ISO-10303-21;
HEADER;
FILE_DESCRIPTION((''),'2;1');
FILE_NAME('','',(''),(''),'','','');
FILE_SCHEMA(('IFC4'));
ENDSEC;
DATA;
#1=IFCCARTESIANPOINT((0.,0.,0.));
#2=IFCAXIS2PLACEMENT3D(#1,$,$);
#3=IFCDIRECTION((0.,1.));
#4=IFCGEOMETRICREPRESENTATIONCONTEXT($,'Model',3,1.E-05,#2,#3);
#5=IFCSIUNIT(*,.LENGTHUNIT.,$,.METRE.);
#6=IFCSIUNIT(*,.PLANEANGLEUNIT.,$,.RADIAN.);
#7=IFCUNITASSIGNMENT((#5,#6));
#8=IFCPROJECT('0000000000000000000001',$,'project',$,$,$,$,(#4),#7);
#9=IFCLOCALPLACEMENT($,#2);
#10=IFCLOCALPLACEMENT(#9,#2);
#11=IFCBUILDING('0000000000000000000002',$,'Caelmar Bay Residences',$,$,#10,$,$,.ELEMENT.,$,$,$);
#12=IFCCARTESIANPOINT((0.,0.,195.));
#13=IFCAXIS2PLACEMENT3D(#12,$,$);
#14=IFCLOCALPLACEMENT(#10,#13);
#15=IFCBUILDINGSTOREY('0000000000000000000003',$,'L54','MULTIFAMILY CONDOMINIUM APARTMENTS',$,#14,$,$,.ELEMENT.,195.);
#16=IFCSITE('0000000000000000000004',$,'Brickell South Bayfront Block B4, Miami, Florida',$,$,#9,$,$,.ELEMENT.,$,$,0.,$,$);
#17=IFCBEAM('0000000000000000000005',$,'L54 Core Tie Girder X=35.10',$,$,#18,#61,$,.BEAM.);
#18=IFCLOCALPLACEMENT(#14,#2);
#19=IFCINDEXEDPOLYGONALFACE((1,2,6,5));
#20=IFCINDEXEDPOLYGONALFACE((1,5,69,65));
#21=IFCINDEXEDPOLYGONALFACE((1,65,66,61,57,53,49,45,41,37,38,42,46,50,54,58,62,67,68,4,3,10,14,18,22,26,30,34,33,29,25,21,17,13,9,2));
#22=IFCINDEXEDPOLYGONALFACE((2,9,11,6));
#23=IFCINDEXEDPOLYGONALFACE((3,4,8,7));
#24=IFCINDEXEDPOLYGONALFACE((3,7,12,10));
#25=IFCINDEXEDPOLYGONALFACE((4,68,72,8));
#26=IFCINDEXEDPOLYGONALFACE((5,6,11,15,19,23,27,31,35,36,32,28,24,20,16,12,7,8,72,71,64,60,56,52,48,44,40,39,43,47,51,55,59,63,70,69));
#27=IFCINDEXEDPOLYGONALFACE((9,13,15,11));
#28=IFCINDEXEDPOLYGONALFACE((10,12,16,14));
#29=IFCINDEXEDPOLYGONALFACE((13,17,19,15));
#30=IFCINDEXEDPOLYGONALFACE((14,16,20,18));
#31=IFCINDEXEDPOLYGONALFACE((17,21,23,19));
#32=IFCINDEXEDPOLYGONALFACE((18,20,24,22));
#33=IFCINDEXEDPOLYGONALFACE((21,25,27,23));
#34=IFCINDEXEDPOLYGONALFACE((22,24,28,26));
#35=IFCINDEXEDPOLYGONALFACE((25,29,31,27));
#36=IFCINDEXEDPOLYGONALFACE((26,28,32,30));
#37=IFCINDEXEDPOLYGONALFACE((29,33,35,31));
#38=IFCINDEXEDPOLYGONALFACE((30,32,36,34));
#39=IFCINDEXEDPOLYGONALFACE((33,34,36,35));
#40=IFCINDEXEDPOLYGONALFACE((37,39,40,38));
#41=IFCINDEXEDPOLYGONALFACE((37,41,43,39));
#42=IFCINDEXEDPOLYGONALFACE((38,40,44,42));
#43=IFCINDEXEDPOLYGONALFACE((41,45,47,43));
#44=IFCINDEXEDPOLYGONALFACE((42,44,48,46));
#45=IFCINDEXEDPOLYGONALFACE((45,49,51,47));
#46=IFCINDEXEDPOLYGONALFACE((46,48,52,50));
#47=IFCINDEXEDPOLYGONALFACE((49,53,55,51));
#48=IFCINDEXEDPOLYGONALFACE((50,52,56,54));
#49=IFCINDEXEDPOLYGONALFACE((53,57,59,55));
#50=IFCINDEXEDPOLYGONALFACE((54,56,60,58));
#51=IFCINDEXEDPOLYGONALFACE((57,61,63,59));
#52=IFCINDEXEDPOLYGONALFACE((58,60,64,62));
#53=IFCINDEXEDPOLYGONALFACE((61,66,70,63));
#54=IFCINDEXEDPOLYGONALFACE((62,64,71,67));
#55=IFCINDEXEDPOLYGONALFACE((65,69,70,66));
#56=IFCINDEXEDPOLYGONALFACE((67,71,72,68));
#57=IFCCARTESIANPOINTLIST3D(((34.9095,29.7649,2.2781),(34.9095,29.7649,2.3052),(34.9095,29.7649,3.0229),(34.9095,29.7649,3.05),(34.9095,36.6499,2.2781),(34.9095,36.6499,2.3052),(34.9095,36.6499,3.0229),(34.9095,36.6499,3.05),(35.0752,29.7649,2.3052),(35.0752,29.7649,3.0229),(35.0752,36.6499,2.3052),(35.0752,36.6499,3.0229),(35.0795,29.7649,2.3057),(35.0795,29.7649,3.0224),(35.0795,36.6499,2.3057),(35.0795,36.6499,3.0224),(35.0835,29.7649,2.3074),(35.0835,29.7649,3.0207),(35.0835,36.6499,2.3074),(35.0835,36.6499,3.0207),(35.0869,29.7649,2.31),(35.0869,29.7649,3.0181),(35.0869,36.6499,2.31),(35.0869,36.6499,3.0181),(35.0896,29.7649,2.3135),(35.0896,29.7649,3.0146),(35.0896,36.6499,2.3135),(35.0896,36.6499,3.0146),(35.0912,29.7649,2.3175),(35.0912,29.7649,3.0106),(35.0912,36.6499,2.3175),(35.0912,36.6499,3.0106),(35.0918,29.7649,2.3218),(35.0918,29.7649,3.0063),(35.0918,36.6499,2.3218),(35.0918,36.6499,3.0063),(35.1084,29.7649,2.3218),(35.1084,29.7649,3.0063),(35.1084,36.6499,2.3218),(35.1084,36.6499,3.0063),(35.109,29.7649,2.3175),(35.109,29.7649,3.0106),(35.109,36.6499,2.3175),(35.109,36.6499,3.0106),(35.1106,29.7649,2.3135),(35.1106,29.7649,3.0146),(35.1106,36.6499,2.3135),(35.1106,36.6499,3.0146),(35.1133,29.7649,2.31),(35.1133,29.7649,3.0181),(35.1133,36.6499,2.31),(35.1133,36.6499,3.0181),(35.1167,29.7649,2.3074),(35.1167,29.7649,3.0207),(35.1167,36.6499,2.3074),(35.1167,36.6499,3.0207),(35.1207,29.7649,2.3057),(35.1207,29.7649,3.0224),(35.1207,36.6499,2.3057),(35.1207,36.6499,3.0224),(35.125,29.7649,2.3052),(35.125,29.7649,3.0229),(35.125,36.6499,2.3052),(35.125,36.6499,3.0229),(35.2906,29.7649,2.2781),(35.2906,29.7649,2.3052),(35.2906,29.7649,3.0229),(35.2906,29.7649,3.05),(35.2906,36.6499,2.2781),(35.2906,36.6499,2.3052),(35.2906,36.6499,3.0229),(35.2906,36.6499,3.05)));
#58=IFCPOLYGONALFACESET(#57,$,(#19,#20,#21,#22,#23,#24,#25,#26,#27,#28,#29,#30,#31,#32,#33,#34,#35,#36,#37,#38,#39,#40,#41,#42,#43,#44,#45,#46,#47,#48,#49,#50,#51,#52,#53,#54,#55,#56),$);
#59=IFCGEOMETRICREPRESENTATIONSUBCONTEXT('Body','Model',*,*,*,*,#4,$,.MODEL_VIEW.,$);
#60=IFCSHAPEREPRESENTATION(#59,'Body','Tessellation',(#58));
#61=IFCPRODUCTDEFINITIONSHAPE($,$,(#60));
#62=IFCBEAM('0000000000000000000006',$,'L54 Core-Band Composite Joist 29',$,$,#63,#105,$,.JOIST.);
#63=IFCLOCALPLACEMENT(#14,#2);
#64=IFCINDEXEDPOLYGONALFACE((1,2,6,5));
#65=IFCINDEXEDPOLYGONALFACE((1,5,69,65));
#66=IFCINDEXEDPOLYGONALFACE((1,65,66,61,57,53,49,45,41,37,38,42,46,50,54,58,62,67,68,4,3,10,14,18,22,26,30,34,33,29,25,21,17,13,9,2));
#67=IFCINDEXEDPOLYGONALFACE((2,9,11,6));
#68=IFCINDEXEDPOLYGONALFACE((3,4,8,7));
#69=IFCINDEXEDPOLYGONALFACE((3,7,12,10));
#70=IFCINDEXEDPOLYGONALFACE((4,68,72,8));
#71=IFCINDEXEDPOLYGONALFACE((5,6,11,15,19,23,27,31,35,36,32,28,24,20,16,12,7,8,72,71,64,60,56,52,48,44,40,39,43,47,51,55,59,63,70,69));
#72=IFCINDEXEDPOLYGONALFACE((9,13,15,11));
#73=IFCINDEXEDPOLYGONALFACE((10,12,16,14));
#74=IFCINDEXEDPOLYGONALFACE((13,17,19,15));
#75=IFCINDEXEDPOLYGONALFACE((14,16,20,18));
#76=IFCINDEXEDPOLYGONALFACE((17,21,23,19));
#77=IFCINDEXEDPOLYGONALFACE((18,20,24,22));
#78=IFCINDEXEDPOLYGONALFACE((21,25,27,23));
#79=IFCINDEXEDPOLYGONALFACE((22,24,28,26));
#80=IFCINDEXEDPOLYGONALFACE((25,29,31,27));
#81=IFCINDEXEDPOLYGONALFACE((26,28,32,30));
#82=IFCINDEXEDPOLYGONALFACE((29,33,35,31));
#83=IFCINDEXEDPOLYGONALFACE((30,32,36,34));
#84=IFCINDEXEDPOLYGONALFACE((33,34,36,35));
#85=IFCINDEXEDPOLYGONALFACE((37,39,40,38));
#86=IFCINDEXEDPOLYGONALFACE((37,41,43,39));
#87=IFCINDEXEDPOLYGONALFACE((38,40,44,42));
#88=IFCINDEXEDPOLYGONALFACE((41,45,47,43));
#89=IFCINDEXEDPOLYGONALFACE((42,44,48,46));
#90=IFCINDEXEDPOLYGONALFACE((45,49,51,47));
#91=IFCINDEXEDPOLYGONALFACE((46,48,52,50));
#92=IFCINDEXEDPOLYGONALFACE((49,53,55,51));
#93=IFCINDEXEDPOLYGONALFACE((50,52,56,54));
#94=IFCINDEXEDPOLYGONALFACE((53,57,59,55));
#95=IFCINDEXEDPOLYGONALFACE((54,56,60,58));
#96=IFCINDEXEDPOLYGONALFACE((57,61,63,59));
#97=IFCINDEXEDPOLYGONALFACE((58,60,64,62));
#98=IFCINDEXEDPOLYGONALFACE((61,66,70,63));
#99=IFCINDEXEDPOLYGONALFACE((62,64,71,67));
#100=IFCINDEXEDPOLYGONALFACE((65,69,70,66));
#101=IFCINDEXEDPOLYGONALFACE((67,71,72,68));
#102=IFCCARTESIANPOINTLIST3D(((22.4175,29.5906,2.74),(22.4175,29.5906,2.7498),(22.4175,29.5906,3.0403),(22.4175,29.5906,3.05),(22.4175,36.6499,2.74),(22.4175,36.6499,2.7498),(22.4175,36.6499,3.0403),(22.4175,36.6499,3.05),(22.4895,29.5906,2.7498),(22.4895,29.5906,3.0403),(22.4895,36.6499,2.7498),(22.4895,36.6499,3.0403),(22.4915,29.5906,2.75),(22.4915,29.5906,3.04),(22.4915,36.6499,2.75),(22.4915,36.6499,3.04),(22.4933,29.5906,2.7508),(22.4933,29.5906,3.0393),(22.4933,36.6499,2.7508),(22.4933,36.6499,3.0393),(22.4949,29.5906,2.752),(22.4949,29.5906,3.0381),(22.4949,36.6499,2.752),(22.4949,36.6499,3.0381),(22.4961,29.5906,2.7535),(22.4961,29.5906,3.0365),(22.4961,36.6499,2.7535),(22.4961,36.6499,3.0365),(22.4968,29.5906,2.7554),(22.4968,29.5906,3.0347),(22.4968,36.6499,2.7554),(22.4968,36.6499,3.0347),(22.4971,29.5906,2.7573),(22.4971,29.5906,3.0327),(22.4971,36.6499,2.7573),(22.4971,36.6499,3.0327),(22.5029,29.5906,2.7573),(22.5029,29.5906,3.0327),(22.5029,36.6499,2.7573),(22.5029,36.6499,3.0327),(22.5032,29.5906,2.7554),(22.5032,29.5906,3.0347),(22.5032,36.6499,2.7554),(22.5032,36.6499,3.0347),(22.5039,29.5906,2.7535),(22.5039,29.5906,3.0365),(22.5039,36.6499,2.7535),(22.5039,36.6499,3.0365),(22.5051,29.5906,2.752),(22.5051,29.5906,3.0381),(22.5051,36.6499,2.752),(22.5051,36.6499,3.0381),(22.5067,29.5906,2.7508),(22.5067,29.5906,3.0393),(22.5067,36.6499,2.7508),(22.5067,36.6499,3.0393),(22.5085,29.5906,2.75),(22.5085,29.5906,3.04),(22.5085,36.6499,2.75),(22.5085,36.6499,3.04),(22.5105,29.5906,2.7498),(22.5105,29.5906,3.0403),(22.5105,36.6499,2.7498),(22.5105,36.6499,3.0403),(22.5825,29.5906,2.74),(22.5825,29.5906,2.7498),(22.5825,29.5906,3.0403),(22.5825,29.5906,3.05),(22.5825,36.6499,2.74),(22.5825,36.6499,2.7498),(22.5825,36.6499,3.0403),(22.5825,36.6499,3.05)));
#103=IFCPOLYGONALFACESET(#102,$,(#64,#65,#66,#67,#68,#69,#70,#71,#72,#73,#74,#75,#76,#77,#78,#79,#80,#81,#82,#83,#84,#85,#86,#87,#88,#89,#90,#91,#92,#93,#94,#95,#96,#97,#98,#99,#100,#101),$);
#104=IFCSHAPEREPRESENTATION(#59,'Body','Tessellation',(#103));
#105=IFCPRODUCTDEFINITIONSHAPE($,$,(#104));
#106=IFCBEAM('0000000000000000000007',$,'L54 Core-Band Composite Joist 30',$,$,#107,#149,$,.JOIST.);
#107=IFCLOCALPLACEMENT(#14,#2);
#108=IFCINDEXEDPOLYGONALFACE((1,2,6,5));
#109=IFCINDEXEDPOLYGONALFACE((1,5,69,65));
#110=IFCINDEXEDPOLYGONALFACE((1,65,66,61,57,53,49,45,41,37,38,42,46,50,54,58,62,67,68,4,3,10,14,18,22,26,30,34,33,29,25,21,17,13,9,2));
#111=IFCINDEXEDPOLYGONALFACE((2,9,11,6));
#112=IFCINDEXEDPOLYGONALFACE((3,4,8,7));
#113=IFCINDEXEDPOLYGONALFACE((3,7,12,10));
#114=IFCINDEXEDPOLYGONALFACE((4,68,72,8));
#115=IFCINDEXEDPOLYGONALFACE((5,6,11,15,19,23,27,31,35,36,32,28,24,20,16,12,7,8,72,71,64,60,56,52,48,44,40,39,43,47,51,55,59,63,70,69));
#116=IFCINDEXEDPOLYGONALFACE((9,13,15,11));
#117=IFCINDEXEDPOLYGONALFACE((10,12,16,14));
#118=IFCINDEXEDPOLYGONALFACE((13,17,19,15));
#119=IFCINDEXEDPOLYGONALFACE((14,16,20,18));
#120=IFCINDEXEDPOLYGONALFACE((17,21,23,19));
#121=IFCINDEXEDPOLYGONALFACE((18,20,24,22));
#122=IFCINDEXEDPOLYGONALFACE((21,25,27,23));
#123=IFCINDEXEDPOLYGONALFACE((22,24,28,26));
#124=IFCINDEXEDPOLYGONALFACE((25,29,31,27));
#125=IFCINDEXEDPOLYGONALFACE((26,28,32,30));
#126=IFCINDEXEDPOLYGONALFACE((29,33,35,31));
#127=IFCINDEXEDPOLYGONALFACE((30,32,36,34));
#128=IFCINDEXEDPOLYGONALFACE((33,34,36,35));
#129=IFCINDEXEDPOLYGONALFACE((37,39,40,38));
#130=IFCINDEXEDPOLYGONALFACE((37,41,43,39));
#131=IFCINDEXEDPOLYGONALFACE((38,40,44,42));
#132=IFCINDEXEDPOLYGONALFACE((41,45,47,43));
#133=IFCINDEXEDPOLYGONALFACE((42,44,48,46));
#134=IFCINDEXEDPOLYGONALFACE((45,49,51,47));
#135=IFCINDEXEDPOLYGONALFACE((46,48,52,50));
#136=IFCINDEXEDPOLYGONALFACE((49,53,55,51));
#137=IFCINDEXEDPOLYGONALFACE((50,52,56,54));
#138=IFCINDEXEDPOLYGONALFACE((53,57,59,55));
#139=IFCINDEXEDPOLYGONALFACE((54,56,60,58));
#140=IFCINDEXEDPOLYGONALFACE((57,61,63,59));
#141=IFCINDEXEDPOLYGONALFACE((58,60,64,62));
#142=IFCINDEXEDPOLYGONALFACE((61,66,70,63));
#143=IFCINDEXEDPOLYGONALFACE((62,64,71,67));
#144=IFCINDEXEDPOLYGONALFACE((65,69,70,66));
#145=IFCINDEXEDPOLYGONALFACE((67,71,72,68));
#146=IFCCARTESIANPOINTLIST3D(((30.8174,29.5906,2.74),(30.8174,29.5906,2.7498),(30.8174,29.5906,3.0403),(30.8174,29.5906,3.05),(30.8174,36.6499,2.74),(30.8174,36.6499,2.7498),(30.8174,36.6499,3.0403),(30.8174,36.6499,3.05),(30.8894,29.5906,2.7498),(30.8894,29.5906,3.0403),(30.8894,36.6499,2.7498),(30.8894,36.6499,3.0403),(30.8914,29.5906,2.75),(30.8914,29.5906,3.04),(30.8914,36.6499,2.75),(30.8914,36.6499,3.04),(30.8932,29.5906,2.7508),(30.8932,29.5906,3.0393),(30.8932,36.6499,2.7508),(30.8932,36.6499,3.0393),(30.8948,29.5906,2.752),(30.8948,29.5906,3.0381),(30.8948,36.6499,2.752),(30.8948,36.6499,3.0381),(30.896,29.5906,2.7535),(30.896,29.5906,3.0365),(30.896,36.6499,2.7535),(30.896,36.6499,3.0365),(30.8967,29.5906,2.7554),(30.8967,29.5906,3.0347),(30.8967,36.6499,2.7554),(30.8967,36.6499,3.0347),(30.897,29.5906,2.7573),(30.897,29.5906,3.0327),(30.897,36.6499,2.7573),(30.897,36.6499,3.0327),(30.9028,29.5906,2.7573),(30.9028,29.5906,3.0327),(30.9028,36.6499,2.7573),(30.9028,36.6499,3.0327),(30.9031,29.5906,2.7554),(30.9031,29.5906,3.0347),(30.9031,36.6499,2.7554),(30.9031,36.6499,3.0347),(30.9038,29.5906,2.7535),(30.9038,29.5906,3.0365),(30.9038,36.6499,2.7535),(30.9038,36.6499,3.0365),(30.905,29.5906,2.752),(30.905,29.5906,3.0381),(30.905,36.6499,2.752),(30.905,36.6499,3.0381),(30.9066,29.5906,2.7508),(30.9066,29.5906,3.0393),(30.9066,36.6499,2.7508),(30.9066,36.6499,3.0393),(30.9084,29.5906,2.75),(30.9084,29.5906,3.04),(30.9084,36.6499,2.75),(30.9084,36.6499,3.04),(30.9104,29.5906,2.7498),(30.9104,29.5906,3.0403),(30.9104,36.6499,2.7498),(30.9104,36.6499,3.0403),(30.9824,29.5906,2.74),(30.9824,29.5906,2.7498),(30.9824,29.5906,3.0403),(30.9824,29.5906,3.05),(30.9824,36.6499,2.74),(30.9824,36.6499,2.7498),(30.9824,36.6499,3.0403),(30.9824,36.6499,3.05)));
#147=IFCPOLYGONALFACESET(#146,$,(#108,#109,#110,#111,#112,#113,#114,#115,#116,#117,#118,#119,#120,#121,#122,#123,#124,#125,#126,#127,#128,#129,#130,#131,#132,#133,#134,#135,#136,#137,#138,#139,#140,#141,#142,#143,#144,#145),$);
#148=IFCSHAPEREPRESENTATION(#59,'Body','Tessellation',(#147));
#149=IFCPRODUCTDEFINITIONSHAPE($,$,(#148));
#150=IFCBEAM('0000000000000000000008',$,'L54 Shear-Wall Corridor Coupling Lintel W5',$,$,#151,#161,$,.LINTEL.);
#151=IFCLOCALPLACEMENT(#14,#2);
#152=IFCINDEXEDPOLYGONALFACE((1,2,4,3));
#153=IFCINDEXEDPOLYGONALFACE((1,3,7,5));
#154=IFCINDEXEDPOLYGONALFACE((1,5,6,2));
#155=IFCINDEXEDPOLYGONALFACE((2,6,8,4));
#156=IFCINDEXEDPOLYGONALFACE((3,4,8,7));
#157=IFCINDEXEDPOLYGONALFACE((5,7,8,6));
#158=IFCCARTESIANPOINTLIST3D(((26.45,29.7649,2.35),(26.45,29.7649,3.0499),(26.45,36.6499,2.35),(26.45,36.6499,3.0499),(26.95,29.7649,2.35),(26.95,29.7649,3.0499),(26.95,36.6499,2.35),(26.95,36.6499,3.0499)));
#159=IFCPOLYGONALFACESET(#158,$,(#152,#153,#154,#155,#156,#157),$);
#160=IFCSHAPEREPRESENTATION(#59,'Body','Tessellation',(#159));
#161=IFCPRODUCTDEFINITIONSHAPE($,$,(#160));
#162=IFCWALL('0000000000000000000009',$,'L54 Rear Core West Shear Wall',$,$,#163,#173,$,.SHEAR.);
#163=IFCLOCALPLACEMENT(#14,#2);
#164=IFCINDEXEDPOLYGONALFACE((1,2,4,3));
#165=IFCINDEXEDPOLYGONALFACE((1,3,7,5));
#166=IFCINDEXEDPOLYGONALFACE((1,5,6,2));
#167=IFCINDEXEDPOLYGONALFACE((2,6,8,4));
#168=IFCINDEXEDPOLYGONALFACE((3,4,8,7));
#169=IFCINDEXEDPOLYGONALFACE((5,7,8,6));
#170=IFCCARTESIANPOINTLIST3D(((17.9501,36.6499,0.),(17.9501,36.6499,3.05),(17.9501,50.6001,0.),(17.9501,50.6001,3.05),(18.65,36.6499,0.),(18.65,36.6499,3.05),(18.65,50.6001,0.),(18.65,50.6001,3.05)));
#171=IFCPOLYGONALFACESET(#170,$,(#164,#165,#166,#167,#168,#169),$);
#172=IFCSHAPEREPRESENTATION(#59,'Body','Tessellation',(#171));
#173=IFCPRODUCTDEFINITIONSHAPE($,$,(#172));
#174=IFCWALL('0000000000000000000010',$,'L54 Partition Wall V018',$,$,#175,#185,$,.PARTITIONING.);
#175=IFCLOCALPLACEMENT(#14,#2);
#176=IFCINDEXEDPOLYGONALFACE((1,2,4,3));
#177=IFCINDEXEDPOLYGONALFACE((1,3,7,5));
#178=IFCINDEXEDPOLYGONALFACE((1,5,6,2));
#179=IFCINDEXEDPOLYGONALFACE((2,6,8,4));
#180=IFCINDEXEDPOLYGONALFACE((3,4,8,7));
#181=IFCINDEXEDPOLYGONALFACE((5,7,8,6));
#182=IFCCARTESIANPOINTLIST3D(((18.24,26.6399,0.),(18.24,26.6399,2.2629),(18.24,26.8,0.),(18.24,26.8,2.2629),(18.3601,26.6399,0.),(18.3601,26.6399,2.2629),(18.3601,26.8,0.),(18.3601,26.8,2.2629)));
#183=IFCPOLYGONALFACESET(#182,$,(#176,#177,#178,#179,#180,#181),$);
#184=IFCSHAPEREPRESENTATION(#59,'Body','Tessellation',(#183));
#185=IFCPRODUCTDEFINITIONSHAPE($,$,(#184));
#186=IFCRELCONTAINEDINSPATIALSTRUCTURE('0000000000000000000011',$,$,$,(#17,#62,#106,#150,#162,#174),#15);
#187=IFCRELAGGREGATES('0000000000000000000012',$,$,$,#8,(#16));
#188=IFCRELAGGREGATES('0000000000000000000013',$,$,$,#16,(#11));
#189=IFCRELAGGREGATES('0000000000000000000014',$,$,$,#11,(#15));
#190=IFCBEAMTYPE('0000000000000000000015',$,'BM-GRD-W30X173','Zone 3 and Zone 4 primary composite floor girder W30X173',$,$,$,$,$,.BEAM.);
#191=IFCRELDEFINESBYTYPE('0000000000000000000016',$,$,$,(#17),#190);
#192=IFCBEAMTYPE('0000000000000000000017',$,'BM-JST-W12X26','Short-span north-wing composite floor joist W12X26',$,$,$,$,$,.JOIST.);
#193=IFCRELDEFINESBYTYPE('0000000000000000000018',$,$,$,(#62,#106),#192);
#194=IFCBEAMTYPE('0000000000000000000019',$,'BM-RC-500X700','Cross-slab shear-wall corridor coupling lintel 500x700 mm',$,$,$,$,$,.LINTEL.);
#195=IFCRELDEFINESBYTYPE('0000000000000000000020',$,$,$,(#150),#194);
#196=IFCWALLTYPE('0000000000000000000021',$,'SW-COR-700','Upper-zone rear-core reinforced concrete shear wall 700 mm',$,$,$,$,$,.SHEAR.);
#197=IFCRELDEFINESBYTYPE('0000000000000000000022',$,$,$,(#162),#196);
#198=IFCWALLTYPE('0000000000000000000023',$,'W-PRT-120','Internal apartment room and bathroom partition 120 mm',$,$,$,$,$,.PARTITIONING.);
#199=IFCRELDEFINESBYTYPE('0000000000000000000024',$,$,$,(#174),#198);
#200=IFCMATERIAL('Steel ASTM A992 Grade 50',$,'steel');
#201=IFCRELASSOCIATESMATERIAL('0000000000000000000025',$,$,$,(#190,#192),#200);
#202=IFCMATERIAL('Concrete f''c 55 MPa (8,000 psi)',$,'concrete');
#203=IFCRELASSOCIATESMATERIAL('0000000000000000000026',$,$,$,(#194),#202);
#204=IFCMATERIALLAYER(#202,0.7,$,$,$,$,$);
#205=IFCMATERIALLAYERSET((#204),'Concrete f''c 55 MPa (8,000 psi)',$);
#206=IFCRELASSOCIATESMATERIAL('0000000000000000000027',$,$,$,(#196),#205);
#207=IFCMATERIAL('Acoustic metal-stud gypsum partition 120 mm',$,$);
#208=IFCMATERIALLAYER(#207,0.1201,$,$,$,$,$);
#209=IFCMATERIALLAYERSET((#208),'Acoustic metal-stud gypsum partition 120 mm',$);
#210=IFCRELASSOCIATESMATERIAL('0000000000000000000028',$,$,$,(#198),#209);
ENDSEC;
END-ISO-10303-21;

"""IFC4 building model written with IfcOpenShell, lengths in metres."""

from ifc_helpers import new_model, si_unit, direction, frame, frame_2d, origin, origin_2d, place, context, subcontext, project, spatial, rectangle, i_section, extrude, material, layer, layer_set, material_profile, profile_set, type_object, element, save


model = new_model("IFC4")

# Units and contexts
model_context = context("Model", 3, precision=1e-05, world=origin(), true_north=direction((0.0, 1.0)))
body_context = subcontext(model_context, "Body", "Model", "MODEL_VIEW")
ifc_project = project(units=[si_unit("LENGTHUNIT", "METRE"), si_unit("PLANEANGLEUNIT", "RADIAN")], contexts=[model_context])

# Site, building, storey
site_placement = place(None, origin())
site = spatial("IfcSite", under=ifc_project, at=site_placement, Name="Brickell South Bayfront Block B4, Miami, Florida", CompositionType="ELEMENT", RefElevation=0.0)
building_placement = place(site_placement, origin())
building = spatial("IfcBuilding", under=site, at=building_placement, Name="Caelmar Bay Residences", CompositionType="ELEMENT")
storey_placement = place(building_placement, frame((0.0, 0.0, 195.0)))
storey = spatial("IfcBuildingStorey", under=building, at=storey_placement, Name="L54", Description="MULTIFAMILY CONDOMINIUM APARTMENTS", CompositionType="ELEMENT", Elevation=195.0)

# Shared definitions
ifc_material_1 = material(Name="Concrete f'c 55 MPa (8,000 psi)", Category="concrete")

# Beams
ifc_material_2 = material(Name="Steel ASTM A992 Grade 50", Category="steel")
ifc_material_profile_1 = material_profile(ifc_material_2, i_section(OverallWidth=0.3811, OverallDepth=0.772, WebThickness=0.0166, FlangeThickness=0.0271, FilletRadius=0.0166, at=origin_2d()), Name="W30X173")
ifc_profile_set_1 = profile_set([ifc_material_profile_1], Name="Steel ASTM A992 Grade 50")
beam_type_1 = type_object("IfcBeamType", Name="BM-GRD-W30X173", Description="Zone 3 and Zone 4 primary composite floor girder W30X173", PredefinedType="BEAM", material=ifc_profile_set_1)
for number, where, z_axis, x_axis, name in (
    (1, (35.1001, 29.7649, 2.6641), (0.0, 1.0, 0.0), (-1.0, 0.0, 0.0), "L54 Core Tie Girder X=35.10"),
):
    element("IfcBeam", number, at=place(storey_placement, frame(where, z_axis=z_axis, x_axis=x_axis)), inside=storey, type_object=beam_type_1, Name=name, PredefinedType="BEAM", context=body_context, shape_type="SweptSolid", body=[
        extrude(i_section(OverallWidth=0.3811, OverallDepth=0.772, WebThickness=0.0166, FlangeThickness=0.0271, FilletRadius=0.0166, at=origin_2d()), origin(), (0.0, 0.0, 1.0), 6.885),
    ])
ifc_material_profile_2 = material_profile(ifc_material_2, i_section(OverallWidth=0.165, OverallDepth=0.3101, WebThickness=0.0059, FlangeThickness=0.0098, FilletRadius=0.0076, at=origin_2d()), Name="W12X26")
ifc_profile_set_2 = profile_set([ifc_material_profile_2], Name="Steel ASTM A992 Grade 50")
beam_type_2 = type_object("IfcBeamType", Name="BM-JST-W12X26", Description="Short-span north-wing composite floor joist W12X26", PredefinedType="JOIST", material=ifc_profile_set_2)
for number, where, z_axis, x_axis, name in (
    (2, (22.5, 29.5906, 2.895), (0.0, 1.0, 0.0), (-1.0, 0.0, 0.0), "L54 Core-Band Composite Joist 29"),
    (3, (30.8999, 29.5906, 2.895), (0.0, 1.0, 0.0), (-1.0, 0.0, 0.0), "L54 Core-Band Composite Joist 30"),
):
    element("IfcBeam", number, at=place(storey_placement, frame(where, z_axis=z_axis, x_axis=x_axis)), inside=storey, type_object=beam_type_2, Name=name, PredefinedType="JOIST", context=body_context, shape_type="SweptSolid", body=[
        extrude(i_section(OverallWidth=0.165, OverallDepth=0.3101, WebThickness=0.0059, FlangeThickness=0.0098, FilletRadius=0.0076, at=origin_2d()), origin(), (0.0, 0.0, 1.0), 7.0593),
    ])
ifc_material_profile_3 = material_profile(ifc_material_1, rectangle(XDim=0.5, YDim=0.7, at=origin_2d()), Name="RC-BM-500X700")
ifc_profile_set_3 = profile_set([ifc_material_profile_3], Name="Concrete f'c 55 MPa (8,000 psi)")
beam_type_3 = type_object("IfcBeamType", Name="BM-RC-500X700", Description="Cross-slab shear-wall corridor coupling lintel 500x700 mm", PredefinedType="LINTEL", material=ifc_profile_set_3)
beam_1_placement = place(storey_placement, frame((26.7, 29.7649, 2.7), z_axis=(0.0, 1.0, 0.0), x_axis=(-1.0, 0.0, 0.0)))
element("IfcBeam", 4, at=beam_1_placement, inside=storey, type_object=beam_type_3, Name="L54 Shear-Wall Corridor Coupling Lintel W5", PredefinedType="LINTEL", context=body_context, shape_type="SweptSolid", body=[
    extrude(rectangle(XDim=0.5, YDim=0.7, at=origin_2d()), origin(), (0.0, 0.0, 1.0), 6.885),
])

# Walls
ifc_layer_1 = layer(ifc_material_1, 0.7)
ifc_layer_set_1 = layer_set([ifc_layer_1], Name="Concrete f'c 55 MPa (8,000 psi)")
wall_type_1 = type_object("IfcWallType", Name="SW-COR-700", Description="Upper-zone rear-core reinforced concrete shear wall 700 mm", PredefinedType="SHEAR", material=ifc_layer_set_1)
wall_1_placement = place(storey_placement, frame((18.3, 36.6499, 0.0), z_axis=(0.0, 0.0, 1.0), x_axis=(0.0, 1.0, 0.0)))
element("IfcWall", 5, at=wall_1_placement, inside=storey, type_object=wall_type_1, Name="L54 Rear Core West Shear Wall", PredefinedType="SHEAR", context=body_context, shape_type="SweptSolid", body=[
    extrude(rectangle(XDim=13.9502, YDim=0.7, at=frame_2d((6.9751, 0.0))), origin(), (0.0, 0.0, 1.0), 3.05),
])
ifc_material_3 = material(Name="Acoustic metal-stud gypsum partition 120 mm")
ifc_layer_2 = layer(ifc_material_3, 0.1201)
ifc_layer_set_2 = layer_set([ifc_layer_2], Name="Acoustic metal-stud gypsum partition 120 mm")
wall_type_2 = type_object("IfcWallType", Name="W-PRT-120", Description="Internal apartment room and bathroom partition 120 mm", PredefinedType="PARTITIONING", material=ifc_layer_set_2)
wall_2_placement = place(storey_placement, frame((18.3, 26.6399, 0.0), z_axis=(0.0, 0.0, 1.0), x_axis=(0.0, 1.0, 0.0)))
element("IfcWall", 6, at=wall_2_placement, inside=storey, type_object=wall_type_2, Name="L54 Partition Wall V018", PredefinedType="PARTITIONING", context=body_context, shape_type="SweptSolid", body=[
    extrude(rectangle(XDim=0.1602, YDim=0.1201, at=frame_2d((0.0801, 0.0))), origin(), (0.0, 0.0, 1.0), 2.2629),
])

save(model, "model.ifc")
